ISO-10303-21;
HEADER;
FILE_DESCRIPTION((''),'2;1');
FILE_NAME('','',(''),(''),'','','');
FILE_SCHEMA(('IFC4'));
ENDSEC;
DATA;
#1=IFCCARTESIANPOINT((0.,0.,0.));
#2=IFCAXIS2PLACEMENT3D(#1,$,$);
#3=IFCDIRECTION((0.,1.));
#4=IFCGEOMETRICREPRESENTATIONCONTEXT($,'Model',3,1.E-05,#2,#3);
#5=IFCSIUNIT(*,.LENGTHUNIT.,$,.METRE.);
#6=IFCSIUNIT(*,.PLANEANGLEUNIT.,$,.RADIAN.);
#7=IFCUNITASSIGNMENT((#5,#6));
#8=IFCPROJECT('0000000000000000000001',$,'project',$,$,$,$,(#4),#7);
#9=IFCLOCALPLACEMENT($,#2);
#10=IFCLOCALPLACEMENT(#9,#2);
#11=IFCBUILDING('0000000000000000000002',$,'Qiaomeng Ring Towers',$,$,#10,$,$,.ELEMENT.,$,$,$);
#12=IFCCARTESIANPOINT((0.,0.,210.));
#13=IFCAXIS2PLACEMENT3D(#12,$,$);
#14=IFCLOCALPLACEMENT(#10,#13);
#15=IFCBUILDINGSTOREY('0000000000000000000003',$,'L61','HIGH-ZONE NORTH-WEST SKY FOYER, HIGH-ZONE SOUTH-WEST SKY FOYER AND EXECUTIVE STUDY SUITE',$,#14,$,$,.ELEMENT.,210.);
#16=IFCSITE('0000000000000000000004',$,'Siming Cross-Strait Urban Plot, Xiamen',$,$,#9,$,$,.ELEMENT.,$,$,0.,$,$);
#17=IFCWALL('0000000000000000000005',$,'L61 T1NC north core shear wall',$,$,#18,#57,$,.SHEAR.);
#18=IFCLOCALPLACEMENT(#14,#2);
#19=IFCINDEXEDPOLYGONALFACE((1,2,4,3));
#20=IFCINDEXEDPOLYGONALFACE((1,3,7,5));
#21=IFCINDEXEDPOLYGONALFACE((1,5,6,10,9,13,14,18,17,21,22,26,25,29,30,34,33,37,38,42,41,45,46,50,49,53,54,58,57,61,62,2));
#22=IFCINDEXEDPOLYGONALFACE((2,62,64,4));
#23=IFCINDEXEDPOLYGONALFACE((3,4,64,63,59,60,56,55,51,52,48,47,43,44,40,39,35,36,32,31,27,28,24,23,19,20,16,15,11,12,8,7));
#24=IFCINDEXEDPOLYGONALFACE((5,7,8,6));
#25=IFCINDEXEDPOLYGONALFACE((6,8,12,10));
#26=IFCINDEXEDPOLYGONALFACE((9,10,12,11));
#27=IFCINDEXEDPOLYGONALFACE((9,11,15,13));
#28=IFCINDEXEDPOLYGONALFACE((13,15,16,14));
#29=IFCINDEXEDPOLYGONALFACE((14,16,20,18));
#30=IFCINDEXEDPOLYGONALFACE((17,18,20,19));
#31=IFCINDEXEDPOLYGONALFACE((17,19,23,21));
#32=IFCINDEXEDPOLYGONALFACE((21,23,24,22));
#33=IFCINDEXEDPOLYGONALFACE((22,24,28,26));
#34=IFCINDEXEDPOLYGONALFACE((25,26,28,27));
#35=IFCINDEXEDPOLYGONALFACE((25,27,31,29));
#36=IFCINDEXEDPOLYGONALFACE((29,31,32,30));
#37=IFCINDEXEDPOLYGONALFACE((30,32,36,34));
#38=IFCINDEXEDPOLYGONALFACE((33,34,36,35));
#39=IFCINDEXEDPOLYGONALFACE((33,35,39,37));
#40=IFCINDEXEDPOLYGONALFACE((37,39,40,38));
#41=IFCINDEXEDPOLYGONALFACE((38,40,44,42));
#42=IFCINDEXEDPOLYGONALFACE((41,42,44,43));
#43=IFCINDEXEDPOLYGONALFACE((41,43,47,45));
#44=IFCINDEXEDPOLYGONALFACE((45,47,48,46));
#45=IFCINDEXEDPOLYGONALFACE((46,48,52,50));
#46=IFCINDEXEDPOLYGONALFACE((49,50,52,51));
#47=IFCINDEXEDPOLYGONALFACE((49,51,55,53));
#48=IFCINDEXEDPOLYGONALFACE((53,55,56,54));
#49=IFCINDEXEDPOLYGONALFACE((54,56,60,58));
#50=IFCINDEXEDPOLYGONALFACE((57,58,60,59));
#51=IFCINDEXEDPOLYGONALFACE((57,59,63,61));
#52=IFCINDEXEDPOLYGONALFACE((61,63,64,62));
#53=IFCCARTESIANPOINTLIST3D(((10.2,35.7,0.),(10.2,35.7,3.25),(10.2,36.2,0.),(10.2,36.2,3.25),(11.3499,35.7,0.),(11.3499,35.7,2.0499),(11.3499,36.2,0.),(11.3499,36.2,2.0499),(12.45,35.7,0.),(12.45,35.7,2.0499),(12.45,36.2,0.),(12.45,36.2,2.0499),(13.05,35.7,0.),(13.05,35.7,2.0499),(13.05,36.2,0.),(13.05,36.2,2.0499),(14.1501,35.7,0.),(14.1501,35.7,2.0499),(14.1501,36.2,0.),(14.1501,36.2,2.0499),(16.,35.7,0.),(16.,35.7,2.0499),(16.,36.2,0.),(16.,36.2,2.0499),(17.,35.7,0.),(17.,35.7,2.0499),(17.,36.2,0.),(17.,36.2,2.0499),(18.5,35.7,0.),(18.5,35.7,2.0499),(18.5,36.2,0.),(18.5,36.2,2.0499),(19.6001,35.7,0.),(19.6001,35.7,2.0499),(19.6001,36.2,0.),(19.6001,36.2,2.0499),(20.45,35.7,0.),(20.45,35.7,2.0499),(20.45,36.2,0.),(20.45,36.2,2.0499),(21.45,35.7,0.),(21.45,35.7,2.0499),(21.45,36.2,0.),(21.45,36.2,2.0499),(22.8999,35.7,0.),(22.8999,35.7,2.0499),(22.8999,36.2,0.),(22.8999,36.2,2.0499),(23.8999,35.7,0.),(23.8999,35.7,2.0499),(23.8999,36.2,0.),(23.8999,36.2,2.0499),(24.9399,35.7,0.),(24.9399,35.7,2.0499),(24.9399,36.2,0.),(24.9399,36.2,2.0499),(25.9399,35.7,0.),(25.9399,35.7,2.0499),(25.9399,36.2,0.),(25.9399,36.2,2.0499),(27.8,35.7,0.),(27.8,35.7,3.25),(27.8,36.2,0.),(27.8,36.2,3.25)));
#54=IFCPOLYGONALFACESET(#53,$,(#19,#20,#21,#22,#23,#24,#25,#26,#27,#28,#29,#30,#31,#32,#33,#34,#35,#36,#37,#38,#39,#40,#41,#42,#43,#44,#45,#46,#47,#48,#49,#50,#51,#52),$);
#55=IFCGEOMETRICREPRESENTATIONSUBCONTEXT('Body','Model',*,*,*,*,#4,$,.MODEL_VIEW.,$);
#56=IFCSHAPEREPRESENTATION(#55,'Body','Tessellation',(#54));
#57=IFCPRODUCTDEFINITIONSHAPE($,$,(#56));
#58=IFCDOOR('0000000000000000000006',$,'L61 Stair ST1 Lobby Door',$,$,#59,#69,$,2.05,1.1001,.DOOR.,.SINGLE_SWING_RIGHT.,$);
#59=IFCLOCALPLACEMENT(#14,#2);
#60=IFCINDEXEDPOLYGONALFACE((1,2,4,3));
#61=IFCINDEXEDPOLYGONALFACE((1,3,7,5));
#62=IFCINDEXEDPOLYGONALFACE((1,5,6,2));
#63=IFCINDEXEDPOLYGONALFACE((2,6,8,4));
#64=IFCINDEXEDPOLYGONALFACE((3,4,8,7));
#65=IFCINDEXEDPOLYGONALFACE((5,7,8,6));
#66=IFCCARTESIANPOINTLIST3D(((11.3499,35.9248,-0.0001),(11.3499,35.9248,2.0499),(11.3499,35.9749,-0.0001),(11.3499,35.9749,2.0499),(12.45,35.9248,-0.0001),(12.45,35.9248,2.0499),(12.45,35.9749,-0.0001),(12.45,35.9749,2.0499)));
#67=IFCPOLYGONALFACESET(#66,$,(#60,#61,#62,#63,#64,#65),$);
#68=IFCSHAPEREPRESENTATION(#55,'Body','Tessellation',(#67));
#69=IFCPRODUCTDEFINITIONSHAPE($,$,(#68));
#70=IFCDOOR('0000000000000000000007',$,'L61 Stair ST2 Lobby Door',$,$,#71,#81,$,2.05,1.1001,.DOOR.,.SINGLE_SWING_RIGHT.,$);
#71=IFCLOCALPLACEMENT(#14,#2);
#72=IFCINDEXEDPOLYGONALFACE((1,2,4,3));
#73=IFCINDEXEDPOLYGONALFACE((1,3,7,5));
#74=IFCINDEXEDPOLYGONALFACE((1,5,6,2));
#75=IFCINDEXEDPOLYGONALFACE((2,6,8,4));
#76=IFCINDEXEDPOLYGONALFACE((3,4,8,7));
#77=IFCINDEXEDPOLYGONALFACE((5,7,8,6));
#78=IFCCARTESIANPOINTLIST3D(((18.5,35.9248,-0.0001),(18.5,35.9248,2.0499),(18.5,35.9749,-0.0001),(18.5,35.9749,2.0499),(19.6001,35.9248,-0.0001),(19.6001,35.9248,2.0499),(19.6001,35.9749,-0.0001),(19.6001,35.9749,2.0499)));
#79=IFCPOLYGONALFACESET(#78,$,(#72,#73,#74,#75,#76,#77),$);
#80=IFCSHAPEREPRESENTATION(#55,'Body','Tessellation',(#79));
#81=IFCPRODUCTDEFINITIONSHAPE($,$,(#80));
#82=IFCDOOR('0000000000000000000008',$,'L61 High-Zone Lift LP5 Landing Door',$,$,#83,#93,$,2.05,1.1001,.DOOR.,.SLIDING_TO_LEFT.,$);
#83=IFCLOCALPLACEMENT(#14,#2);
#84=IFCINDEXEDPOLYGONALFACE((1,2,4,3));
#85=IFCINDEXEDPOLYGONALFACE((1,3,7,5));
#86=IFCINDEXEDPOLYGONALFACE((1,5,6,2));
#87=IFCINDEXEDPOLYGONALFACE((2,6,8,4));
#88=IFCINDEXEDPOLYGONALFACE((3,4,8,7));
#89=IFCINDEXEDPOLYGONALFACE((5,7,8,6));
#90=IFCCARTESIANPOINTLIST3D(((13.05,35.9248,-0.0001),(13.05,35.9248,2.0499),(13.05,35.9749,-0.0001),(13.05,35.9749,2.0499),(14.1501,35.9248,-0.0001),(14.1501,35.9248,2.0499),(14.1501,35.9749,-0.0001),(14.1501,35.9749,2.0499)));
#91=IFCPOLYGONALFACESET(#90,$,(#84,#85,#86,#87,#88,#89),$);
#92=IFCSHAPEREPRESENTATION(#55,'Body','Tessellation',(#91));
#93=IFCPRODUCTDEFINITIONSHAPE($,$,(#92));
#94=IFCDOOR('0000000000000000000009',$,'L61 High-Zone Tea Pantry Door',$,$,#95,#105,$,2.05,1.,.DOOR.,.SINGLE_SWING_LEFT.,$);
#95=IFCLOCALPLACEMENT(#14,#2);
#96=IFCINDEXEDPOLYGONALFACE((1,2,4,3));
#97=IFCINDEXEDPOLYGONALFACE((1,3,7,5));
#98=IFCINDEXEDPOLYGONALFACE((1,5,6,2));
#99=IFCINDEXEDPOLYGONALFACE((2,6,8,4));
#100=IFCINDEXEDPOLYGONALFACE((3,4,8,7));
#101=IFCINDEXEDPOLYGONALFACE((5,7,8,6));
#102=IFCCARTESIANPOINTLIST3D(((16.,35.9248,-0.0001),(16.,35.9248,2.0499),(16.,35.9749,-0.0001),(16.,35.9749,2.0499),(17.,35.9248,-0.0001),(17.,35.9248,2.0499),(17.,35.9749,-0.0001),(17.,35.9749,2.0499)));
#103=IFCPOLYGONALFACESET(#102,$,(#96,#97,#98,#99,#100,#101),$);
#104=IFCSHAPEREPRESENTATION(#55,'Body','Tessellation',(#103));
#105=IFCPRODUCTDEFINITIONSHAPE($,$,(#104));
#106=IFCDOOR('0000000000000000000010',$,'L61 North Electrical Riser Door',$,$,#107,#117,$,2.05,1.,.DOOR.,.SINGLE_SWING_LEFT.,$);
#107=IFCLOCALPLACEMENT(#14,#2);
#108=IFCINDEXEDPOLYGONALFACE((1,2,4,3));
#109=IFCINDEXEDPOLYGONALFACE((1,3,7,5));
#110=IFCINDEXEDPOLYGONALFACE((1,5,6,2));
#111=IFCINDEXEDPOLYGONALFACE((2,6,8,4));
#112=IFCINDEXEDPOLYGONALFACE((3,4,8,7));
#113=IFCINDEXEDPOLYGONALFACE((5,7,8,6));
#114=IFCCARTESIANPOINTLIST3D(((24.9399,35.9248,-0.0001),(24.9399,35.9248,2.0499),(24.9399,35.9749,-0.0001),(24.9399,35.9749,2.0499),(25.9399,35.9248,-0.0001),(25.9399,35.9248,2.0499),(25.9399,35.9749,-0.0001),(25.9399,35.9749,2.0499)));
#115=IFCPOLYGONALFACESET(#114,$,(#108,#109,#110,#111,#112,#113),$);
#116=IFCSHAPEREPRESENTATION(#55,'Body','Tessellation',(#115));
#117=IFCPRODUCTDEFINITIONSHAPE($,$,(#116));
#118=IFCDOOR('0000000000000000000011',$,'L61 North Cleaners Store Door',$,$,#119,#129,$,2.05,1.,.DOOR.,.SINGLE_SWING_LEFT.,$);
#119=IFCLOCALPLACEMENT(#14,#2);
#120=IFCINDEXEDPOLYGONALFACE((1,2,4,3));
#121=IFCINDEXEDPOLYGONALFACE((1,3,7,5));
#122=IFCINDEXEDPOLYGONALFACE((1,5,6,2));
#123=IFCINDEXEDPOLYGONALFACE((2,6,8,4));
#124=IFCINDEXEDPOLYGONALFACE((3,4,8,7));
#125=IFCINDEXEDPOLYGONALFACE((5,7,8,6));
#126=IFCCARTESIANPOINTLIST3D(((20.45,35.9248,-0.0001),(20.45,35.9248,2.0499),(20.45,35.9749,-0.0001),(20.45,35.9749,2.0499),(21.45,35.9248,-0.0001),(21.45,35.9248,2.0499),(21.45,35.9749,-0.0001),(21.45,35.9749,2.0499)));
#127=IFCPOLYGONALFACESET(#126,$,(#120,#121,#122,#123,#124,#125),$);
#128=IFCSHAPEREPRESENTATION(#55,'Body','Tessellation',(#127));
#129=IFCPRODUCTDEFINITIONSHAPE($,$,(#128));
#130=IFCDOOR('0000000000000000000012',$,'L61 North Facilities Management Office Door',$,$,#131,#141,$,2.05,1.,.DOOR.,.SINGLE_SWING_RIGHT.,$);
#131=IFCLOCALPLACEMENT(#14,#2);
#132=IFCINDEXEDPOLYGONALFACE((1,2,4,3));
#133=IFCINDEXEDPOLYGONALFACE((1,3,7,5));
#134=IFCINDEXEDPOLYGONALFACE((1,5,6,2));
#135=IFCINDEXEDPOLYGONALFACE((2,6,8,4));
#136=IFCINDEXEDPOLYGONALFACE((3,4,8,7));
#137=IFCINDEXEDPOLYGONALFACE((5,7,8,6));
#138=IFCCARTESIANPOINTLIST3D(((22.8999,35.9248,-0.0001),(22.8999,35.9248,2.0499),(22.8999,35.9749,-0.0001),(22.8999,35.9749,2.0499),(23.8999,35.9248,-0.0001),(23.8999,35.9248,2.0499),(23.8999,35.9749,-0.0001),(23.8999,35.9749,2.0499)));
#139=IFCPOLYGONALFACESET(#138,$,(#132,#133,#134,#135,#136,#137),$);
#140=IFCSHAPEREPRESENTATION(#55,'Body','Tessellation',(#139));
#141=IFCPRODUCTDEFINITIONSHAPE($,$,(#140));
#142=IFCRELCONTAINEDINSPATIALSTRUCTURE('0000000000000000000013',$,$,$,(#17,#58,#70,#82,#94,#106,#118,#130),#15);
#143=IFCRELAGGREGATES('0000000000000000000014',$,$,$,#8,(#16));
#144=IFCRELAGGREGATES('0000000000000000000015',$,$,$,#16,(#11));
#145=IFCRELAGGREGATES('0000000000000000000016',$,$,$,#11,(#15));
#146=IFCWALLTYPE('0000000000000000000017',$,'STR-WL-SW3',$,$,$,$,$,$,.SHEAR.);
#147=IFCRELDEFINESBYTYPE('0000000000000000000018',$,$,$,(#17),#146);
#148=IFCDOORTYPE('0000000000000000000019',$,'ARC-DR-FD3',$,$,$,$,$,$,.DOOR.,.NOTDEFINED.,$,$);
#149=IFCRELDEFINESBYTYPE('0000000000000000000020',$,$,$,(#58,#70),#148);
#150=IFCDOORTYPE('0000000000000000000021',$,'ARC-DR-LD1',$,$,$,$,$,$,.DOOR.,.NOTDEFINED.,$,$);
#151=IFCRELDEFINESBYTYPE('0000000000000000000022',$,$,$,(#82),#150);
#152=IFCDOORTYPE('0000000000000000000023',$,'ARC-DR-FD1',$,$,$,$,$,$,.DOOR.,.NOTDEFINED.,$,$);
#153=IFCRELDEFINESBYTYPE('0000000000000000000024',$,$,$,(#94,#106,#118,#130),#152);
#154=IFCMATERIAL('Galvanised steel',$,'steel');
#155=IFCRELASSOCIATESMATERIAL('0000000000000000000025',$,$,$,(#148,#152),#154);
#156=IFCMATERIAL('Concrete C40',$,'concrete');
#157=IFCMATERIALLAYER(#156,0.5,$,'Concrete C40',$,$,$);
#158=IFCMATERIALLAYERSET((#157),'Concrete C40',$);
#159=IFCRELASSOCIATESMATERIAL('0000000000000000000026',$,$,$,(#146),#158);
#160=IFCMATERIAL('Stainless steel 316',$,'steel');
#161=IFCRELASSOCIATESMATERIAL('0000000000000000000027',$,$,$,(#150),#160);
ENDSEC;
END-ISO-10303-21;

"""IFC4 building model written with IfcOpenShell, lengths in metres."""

from ifc_helpers import new_model, si_unit, direction, frame, frame_2d, origin, place, context, subcontext, project, spatial, rectangle, extrude, source, transform, mapped, material, layer, layer_set, type_object, element, fill, save


model = new_model("IFC4")

# Units and contexts
model_context = context("Model", 3, precision=1e-05, world=origin(), true_north=direction((0.0, 1.0)))
body_context = subcontext(model_context, "Body", "Model", "MODEL_VIEW")
ifc_project = project(units=[si_unit("LENGTHUNIT", "METRE"), si_unit("PLANEANGLEUNIT", "RADIAN")], contexts=[model_context])

# Site, building, storey
site_placement = place(None, origin())
site = spatial("IfcSite", under=ifc_project, at=site_placement, Name="Siming Cross-Strait Urban Plot, Xiamen", CompositionType="ELEMENT", RefElevation=0.0)
building_placement = place(site_placement, origin())
building = spatial("IfcBuilding", under=site, at=building_placement, Name="Qiaomeng Ring Towers", CompositionType="ELEMENT")
storey_placement = place(building_placement, frame((0.0, 0.0, 210.0)))
storey = spatial("IfcBuildingStorey", under=building, at=storey_placement, Name="L61", Description="HIGH-ZONE NORTH-WEST SKY FOYER, HIGH-ZONE SOUTH-WEST SKY FOYER AND EXECUTIVE STUDY SUITE", CompositionType="ELEMENT", Elevation=210.0)

# Shared definitions
ifc_material_1 = material(Name="Concrete C40", Category="concrete")

# Shared definitions
ifc_material_2 = material(Name="Galvanised steel", Category="steel")
door_type_1 = type_object("IfcDoorType", Name="ARC-DR-FD3", OperationType="NOTDEFINED", PredefinedType="DOOR", material=ifc_material_2)
shared_shape_1 = source(origin(), body_context, "Body", "SweptSolid", [
    extrude(rectangle(XDim=1.1001, YDim=2.05, at=frame_2d((0.55, 1.0249))), frame((0.0, 0.0249, 0.0), z_axis=(0.0, -1.0, 0.0), x_axis=(1.0, 0.0, 0.0)), (0.0, 0.0, 1.0), 0.05),
])

# Wall, openings, doors
ifc_layer_1 = layer(ifc_material_1, 0.5, Name="Concrete C40")
ifc_layer_set_1 = layer_set([ifc_layer_1], Name="Concrete C40")
wall_type_1 = type_object("IfcWallType", Name="STR-WL-SW3", PredefinedType="SHEAR", material=ifc_layer_set_1)
wall_1_placement = place(storey_placement, frame((10.2, 35.95, 0.0), z_axis=(0.0, 0.0, 1.0), x_axis=(1.0, 0.0, 0.0)))
wall_1 = element("IfcWall", 1, at=wall_1_placement, inside=storey, type_object=wall_type_1, Name="L61 T1NC north core shear wall", PredefinedType="SHEAR", context=body_context, shape_type="SweptSolid", body=[
    extrude(rectangle(XDim=17.6001, YDim=0.5, at=frame_2d((8.8, 0.0))), origin(), (0.0, 0.0, 1.0), 3.25),
])
opening_1_placement = place(wall_1_placement, frame((1.1499, 0.0, 0.0)))
opening_1 = element("IfcOpeningElement", 2, at=opening_1_placement, cuts=wall_1, PredefinedType="OPENING", context=body_context, shape_type="SweptSolid", body=[
    extrude(rectangle(XDim=1.1001, YDim=2.05, at=frame_2d((0.55, 1.0249))), frame((0.0, 0.26, 0.0), z_axis=(0.0, -1.0, 0.0), x_axis=(1.0, 0.0, 0.0)), (0.0, 0.0, 1.0), 0.52),
])
opening_2_placement = place(wall_1_placement, frame((8.3, 0.0, 0.0)))
opening_2 = element("IfcOpeningElement", 3, at=opening_2_placement, cuts=wall_1, PredefinedType="OPENING", context=body_context, shape_type="SweptSolid", body=[
    extrude(rectangle(XDim=1.1001, YDim=2.05, at=frame_2d((0.55, 1.0249))), frame((0.0, 0.26, 0.0), z_axis=(0.0, -1.0, 0.0), x_axis=(1.0, 0.0, 0.0)), (0.0, 0.0, 1.0), 0.52),
])
opening_3_placement = place(wall_1_placement, frame((2.8501, 0.0, 0.0)))
opening_3 = element("IfcOpeningElement", 4, at=opening_3_placement, cuts=wall_1, PredefinedType="OPENING", context=body_context, shape_type="SweptSolid", body=[
    extrude(rectangle(XDim=1.1001, YDim=2.05, at=frame_2d((0.55, 1.0249))), frame((0.0, 0.26, 0.0), z_axis=(0.0, -1.0, 0.0), x_axis=(1.0, 0.0, 0.0)), (0.0, 0.0, 1.0), 0.52),
])
opening_4_placement = place(wall_1_placement, frame((5.8, 0.0, 0.0)))
opening_4 = element("IfcOpeningElement", 5, at=opening_4_placement, cuts=wall_1, PredefinedType="OPENING", context=body_context, shape_type="SweptSolid", body=[
    extrude(rectangle(XDim=1.0, YDim=2.05, at=frame_2d((0.5, 1.0249))), frame((0.0, 0.26, 0.0), z_axis=(0.0, -1.0, 0.0), x_axis=(1.0, 0.0, 0.0)), (0.0, 0.0, 1.0), 0.52),
])
opening_5_placement = place(wall_1_placement, frame((14.74, 0.0, 0.0)))
opening_5 = element("IfcOpeningElement", 6, at=opening_5_placement, cuts=wall_1, PredefinedType="OPENING", context=body_context, shape_type="SweptSolid", body=[
    extrude(rectangle(XDim=1.0, YDim=2.05, at=frame_2d((0.5, 1.0249))), frame((0.0, 0.26, 0.0), z_axis=(0.0, -1.0, 0.0), x_axis=(1.0, 0.0, 0.0)), (0.0, 0.0, 1.0), 0.52),
])
opening_6_placement = place(wall_1_placement, frame((10.25, 0.0, 0.0)))
opening_6 = element("IfcOpeningElement", 7, at=opening_6_placement, cuts=wall_1, PredefinedType="OPENING", context=body_context, shape_type="SweptSolid", body=[
    extrude(rectangle(XDim=1.0, YDim=2.05, at=frame_2d((0.5, 1.0249))), frame((0.0, 0.26, 0.0), z_axis=(0.0, -1.0, 0.0), x_axis=(1.0, 0.0, 0.0)), (0.0, 0.0, 1.0), 0.52),
])
opening_7_placement = place(wall_1_placement, frame((12.7, 0.0, 0.0)))
opening_7 = element("IfcOpeningElement", 8, at=opening_7_placement, cuts=wall_1, PredefinedType="OPENING", context=body_context, shape_type="SweptSolid", body=[
    extrude(rectangle(XDim=1.0, YDim=2.05, at=frame_2d((0.5, 1.0249))), frame((0.0, 0.26, 0.0), z_axis=(0.0, -1.0, 0.0), x_axis=(1.0, 0.0, 0.0)), (0.0, 0.0, 1.0), 0.52),
])
door_1_placement = place(opening_1_placement, origin())
door_1 = element("IfcDoor", 9, at=door_1_placement, inside=storey, type_object=door_type_1, Name="L61 Stair ST1 Lobby Door", OperationType="SINGLE_SWING_RIGHT", OverallHeight=2.05, OverallWidth=1.1001, PredefinedType="DOOR", context=body_context, shape_type="MappedRepresentation", body=[
    mapped(shared_shape_1, transform((0.0, 0.0, 0.0), x_axis=(1.0, 0.0, 0.0), y_axis=(0.0, 1.0, 0.0), z_axis=(0.0, 0.0, 1.0), scale=1.0)),
])
fill(opening_1, door_1)
door_2_placement = place(opening_2_placement, origin())
door_2 = element("IfcDoor", 10, at=door_2_placement, inside=storey, type_object=door_type_1, Name="L61 Stair ST2 Lobby Door", OperationType="SINGLE_SWING_RIGHT", OverallHeight=2.05, OverallWidth=1.1001, PredefinedType="DOOR", context=body_context, shape_type="MappedRepresentation", body=[
    mapped(shared_shape_1, transform((0.0, 0.0, 0.0), x_axis=(1.0, 0.0, 0.0), y_axis=(0.0, 1.0, 0.0), z_axis=(0.0, 0.0, 1.0), scale=1.0)),
])
fill(opening_2, door_2)
ifc_material_3 = material(Name="Stainless steel 316", Category="steel")
door_type_2 = type_object("IfcDoorType", Name="ARC-DR-LD1", OperationType="NOTDEFINED", PredefinedType="DOOR", material=ifc_material_3)
door_3_placement = place(opening_3_placement, origin())
door_3 = element("IfcDoor", 11, at=door_3_placement, inside=storey, type_object=door_type_2, Name="L61 High-Zone Lift LP5 Landing Door", OperationType="SLIDING_TO_LEFT", OverallHeight=2.05, OverallWidth=1.1001, PredefinedType="DOOR", context=body_context, shape_type="MappedRepresentation", body=[
    mapped(shared_shape_1, transform((0.0, 0.0, 0.0), x_axis=(1.0, 0.0, 0.0), y_axis=(0.0, 1.0, 0.0), z_axis=(0.0, 0.0, 1.0), scale=1.0)),
])
fill(opening_3, door_3)
door_type_3 = type_object("IfcDoorType", Name="ARC-DR-FD1", OperationType="NOTDEFINED", PredefinedType="DOOR", material=ifc_material_2)
shared_shape_2 = source(origin(), body_context, "Body", "SweptSolid", [
    extrude(rectangle(XDim=1.0, YDim=2.05, at=frame_2d((0.5, 1.0249))), frame((0.0, 0.0249, 0.0), z_axis=(0.0, -1.0, 0.0), x_axis=(1.0, 0.0, 0.0)), (0.0, 0.0, 1.0), 0.05),
])
door_4_placement = place(opening_4_placement, origin())
door_4 = element("IfcDoor", 12, at=door_4_placement, inside=storey, type_object=door_type_3, Name="L61 High-Zone Tea Pantry Door", OperationType="SINGLE_SWING_LEFT", OverallHeight=2.05, OverallWidth=1.0, PredefinedType="DOOR", context=body_context, shape_type="MappedRepresentation", body=[
    mapped(shared_shape_2, transform((0.0, 0.0, 0.0), x_axis=(1.0, 0.0, 0.0), y_axis=(0.0, 1.0, 0.0), z_axis=(0.0, 0.0, 1.0), scale=1.0)),
])
fill(opening_4, door_4)
door_5_placement = place(opening_5_placement, origin())
door_5 = element("IfcDoor", 13, at=door_5_placement, inside=storey, type_object=door_type_3, Name="L61 North Electrical Riser Door", OperationType="SINGLE_SWING_LEFT", OverallHeight=2.05, OverallWidth=1.0, PredefinedType="DOOR", context=body_context, shape_type="MappedRepresentation", body=[
    mapped(shared_shape_2, transform((0.0, 0.0, 0.0), x_axis=(1.0, 0.0, 0.0), y_axis=(0.0, 1.0, 0.0), z_axis=(0.0, 0.0, 1.0), scale=1.0)),
])
fill(opening_5, door_5)
door_6_placement = place(opening_6_placement, origin())
door_6 = element("IfcDoor", 14, at=door_6_placement, inside=storey, type_object=door_type_3, Name="L61 North Cleaners Store Door", OperationType="SINGLE_SWING_LEFT", OverallHeight=2.05, OverallWidth=1.0, PredefinedType="DOOR", context=body_context, shape_type="MappedRepresentation", body=[
    mapped(shared_shape_2, transform((0.0, 0.0, 0.0), x_axis=(1.0, 0.0, 0.0), y_axis=(0.0, 1.0, 0.0), z_axis=(0.0, 0.0, 1.0), scale=1.0)),
])
fill(opening_6, door_6)
door_7_placement = place(opening_7_placement, origin())
door_7 = element("IfcDoor", 15, at=door_7_placement, inside=storey, type_object=door_type_3, Name="L61 North Facilities Management Office Door", OperationType="SINGLE_SWING_RIGHT", OverallHeight=2.05, OverallWidth=1.0, PredefinedType="DOOR", context=body_context, shape_type="MappedRepresentation", body=[
    mapped(shared_shape_2, transform((0.0, 0.0, 0.0), x_axis=(1.0, 0.0, 0.0), y_axis=(0.0, 1.0, 0.0), z_axis=(0.0, 0.0, 1.0), scale=1.0)),
])
fill(opening_7, door_7)

save(model, "model.ifc")
